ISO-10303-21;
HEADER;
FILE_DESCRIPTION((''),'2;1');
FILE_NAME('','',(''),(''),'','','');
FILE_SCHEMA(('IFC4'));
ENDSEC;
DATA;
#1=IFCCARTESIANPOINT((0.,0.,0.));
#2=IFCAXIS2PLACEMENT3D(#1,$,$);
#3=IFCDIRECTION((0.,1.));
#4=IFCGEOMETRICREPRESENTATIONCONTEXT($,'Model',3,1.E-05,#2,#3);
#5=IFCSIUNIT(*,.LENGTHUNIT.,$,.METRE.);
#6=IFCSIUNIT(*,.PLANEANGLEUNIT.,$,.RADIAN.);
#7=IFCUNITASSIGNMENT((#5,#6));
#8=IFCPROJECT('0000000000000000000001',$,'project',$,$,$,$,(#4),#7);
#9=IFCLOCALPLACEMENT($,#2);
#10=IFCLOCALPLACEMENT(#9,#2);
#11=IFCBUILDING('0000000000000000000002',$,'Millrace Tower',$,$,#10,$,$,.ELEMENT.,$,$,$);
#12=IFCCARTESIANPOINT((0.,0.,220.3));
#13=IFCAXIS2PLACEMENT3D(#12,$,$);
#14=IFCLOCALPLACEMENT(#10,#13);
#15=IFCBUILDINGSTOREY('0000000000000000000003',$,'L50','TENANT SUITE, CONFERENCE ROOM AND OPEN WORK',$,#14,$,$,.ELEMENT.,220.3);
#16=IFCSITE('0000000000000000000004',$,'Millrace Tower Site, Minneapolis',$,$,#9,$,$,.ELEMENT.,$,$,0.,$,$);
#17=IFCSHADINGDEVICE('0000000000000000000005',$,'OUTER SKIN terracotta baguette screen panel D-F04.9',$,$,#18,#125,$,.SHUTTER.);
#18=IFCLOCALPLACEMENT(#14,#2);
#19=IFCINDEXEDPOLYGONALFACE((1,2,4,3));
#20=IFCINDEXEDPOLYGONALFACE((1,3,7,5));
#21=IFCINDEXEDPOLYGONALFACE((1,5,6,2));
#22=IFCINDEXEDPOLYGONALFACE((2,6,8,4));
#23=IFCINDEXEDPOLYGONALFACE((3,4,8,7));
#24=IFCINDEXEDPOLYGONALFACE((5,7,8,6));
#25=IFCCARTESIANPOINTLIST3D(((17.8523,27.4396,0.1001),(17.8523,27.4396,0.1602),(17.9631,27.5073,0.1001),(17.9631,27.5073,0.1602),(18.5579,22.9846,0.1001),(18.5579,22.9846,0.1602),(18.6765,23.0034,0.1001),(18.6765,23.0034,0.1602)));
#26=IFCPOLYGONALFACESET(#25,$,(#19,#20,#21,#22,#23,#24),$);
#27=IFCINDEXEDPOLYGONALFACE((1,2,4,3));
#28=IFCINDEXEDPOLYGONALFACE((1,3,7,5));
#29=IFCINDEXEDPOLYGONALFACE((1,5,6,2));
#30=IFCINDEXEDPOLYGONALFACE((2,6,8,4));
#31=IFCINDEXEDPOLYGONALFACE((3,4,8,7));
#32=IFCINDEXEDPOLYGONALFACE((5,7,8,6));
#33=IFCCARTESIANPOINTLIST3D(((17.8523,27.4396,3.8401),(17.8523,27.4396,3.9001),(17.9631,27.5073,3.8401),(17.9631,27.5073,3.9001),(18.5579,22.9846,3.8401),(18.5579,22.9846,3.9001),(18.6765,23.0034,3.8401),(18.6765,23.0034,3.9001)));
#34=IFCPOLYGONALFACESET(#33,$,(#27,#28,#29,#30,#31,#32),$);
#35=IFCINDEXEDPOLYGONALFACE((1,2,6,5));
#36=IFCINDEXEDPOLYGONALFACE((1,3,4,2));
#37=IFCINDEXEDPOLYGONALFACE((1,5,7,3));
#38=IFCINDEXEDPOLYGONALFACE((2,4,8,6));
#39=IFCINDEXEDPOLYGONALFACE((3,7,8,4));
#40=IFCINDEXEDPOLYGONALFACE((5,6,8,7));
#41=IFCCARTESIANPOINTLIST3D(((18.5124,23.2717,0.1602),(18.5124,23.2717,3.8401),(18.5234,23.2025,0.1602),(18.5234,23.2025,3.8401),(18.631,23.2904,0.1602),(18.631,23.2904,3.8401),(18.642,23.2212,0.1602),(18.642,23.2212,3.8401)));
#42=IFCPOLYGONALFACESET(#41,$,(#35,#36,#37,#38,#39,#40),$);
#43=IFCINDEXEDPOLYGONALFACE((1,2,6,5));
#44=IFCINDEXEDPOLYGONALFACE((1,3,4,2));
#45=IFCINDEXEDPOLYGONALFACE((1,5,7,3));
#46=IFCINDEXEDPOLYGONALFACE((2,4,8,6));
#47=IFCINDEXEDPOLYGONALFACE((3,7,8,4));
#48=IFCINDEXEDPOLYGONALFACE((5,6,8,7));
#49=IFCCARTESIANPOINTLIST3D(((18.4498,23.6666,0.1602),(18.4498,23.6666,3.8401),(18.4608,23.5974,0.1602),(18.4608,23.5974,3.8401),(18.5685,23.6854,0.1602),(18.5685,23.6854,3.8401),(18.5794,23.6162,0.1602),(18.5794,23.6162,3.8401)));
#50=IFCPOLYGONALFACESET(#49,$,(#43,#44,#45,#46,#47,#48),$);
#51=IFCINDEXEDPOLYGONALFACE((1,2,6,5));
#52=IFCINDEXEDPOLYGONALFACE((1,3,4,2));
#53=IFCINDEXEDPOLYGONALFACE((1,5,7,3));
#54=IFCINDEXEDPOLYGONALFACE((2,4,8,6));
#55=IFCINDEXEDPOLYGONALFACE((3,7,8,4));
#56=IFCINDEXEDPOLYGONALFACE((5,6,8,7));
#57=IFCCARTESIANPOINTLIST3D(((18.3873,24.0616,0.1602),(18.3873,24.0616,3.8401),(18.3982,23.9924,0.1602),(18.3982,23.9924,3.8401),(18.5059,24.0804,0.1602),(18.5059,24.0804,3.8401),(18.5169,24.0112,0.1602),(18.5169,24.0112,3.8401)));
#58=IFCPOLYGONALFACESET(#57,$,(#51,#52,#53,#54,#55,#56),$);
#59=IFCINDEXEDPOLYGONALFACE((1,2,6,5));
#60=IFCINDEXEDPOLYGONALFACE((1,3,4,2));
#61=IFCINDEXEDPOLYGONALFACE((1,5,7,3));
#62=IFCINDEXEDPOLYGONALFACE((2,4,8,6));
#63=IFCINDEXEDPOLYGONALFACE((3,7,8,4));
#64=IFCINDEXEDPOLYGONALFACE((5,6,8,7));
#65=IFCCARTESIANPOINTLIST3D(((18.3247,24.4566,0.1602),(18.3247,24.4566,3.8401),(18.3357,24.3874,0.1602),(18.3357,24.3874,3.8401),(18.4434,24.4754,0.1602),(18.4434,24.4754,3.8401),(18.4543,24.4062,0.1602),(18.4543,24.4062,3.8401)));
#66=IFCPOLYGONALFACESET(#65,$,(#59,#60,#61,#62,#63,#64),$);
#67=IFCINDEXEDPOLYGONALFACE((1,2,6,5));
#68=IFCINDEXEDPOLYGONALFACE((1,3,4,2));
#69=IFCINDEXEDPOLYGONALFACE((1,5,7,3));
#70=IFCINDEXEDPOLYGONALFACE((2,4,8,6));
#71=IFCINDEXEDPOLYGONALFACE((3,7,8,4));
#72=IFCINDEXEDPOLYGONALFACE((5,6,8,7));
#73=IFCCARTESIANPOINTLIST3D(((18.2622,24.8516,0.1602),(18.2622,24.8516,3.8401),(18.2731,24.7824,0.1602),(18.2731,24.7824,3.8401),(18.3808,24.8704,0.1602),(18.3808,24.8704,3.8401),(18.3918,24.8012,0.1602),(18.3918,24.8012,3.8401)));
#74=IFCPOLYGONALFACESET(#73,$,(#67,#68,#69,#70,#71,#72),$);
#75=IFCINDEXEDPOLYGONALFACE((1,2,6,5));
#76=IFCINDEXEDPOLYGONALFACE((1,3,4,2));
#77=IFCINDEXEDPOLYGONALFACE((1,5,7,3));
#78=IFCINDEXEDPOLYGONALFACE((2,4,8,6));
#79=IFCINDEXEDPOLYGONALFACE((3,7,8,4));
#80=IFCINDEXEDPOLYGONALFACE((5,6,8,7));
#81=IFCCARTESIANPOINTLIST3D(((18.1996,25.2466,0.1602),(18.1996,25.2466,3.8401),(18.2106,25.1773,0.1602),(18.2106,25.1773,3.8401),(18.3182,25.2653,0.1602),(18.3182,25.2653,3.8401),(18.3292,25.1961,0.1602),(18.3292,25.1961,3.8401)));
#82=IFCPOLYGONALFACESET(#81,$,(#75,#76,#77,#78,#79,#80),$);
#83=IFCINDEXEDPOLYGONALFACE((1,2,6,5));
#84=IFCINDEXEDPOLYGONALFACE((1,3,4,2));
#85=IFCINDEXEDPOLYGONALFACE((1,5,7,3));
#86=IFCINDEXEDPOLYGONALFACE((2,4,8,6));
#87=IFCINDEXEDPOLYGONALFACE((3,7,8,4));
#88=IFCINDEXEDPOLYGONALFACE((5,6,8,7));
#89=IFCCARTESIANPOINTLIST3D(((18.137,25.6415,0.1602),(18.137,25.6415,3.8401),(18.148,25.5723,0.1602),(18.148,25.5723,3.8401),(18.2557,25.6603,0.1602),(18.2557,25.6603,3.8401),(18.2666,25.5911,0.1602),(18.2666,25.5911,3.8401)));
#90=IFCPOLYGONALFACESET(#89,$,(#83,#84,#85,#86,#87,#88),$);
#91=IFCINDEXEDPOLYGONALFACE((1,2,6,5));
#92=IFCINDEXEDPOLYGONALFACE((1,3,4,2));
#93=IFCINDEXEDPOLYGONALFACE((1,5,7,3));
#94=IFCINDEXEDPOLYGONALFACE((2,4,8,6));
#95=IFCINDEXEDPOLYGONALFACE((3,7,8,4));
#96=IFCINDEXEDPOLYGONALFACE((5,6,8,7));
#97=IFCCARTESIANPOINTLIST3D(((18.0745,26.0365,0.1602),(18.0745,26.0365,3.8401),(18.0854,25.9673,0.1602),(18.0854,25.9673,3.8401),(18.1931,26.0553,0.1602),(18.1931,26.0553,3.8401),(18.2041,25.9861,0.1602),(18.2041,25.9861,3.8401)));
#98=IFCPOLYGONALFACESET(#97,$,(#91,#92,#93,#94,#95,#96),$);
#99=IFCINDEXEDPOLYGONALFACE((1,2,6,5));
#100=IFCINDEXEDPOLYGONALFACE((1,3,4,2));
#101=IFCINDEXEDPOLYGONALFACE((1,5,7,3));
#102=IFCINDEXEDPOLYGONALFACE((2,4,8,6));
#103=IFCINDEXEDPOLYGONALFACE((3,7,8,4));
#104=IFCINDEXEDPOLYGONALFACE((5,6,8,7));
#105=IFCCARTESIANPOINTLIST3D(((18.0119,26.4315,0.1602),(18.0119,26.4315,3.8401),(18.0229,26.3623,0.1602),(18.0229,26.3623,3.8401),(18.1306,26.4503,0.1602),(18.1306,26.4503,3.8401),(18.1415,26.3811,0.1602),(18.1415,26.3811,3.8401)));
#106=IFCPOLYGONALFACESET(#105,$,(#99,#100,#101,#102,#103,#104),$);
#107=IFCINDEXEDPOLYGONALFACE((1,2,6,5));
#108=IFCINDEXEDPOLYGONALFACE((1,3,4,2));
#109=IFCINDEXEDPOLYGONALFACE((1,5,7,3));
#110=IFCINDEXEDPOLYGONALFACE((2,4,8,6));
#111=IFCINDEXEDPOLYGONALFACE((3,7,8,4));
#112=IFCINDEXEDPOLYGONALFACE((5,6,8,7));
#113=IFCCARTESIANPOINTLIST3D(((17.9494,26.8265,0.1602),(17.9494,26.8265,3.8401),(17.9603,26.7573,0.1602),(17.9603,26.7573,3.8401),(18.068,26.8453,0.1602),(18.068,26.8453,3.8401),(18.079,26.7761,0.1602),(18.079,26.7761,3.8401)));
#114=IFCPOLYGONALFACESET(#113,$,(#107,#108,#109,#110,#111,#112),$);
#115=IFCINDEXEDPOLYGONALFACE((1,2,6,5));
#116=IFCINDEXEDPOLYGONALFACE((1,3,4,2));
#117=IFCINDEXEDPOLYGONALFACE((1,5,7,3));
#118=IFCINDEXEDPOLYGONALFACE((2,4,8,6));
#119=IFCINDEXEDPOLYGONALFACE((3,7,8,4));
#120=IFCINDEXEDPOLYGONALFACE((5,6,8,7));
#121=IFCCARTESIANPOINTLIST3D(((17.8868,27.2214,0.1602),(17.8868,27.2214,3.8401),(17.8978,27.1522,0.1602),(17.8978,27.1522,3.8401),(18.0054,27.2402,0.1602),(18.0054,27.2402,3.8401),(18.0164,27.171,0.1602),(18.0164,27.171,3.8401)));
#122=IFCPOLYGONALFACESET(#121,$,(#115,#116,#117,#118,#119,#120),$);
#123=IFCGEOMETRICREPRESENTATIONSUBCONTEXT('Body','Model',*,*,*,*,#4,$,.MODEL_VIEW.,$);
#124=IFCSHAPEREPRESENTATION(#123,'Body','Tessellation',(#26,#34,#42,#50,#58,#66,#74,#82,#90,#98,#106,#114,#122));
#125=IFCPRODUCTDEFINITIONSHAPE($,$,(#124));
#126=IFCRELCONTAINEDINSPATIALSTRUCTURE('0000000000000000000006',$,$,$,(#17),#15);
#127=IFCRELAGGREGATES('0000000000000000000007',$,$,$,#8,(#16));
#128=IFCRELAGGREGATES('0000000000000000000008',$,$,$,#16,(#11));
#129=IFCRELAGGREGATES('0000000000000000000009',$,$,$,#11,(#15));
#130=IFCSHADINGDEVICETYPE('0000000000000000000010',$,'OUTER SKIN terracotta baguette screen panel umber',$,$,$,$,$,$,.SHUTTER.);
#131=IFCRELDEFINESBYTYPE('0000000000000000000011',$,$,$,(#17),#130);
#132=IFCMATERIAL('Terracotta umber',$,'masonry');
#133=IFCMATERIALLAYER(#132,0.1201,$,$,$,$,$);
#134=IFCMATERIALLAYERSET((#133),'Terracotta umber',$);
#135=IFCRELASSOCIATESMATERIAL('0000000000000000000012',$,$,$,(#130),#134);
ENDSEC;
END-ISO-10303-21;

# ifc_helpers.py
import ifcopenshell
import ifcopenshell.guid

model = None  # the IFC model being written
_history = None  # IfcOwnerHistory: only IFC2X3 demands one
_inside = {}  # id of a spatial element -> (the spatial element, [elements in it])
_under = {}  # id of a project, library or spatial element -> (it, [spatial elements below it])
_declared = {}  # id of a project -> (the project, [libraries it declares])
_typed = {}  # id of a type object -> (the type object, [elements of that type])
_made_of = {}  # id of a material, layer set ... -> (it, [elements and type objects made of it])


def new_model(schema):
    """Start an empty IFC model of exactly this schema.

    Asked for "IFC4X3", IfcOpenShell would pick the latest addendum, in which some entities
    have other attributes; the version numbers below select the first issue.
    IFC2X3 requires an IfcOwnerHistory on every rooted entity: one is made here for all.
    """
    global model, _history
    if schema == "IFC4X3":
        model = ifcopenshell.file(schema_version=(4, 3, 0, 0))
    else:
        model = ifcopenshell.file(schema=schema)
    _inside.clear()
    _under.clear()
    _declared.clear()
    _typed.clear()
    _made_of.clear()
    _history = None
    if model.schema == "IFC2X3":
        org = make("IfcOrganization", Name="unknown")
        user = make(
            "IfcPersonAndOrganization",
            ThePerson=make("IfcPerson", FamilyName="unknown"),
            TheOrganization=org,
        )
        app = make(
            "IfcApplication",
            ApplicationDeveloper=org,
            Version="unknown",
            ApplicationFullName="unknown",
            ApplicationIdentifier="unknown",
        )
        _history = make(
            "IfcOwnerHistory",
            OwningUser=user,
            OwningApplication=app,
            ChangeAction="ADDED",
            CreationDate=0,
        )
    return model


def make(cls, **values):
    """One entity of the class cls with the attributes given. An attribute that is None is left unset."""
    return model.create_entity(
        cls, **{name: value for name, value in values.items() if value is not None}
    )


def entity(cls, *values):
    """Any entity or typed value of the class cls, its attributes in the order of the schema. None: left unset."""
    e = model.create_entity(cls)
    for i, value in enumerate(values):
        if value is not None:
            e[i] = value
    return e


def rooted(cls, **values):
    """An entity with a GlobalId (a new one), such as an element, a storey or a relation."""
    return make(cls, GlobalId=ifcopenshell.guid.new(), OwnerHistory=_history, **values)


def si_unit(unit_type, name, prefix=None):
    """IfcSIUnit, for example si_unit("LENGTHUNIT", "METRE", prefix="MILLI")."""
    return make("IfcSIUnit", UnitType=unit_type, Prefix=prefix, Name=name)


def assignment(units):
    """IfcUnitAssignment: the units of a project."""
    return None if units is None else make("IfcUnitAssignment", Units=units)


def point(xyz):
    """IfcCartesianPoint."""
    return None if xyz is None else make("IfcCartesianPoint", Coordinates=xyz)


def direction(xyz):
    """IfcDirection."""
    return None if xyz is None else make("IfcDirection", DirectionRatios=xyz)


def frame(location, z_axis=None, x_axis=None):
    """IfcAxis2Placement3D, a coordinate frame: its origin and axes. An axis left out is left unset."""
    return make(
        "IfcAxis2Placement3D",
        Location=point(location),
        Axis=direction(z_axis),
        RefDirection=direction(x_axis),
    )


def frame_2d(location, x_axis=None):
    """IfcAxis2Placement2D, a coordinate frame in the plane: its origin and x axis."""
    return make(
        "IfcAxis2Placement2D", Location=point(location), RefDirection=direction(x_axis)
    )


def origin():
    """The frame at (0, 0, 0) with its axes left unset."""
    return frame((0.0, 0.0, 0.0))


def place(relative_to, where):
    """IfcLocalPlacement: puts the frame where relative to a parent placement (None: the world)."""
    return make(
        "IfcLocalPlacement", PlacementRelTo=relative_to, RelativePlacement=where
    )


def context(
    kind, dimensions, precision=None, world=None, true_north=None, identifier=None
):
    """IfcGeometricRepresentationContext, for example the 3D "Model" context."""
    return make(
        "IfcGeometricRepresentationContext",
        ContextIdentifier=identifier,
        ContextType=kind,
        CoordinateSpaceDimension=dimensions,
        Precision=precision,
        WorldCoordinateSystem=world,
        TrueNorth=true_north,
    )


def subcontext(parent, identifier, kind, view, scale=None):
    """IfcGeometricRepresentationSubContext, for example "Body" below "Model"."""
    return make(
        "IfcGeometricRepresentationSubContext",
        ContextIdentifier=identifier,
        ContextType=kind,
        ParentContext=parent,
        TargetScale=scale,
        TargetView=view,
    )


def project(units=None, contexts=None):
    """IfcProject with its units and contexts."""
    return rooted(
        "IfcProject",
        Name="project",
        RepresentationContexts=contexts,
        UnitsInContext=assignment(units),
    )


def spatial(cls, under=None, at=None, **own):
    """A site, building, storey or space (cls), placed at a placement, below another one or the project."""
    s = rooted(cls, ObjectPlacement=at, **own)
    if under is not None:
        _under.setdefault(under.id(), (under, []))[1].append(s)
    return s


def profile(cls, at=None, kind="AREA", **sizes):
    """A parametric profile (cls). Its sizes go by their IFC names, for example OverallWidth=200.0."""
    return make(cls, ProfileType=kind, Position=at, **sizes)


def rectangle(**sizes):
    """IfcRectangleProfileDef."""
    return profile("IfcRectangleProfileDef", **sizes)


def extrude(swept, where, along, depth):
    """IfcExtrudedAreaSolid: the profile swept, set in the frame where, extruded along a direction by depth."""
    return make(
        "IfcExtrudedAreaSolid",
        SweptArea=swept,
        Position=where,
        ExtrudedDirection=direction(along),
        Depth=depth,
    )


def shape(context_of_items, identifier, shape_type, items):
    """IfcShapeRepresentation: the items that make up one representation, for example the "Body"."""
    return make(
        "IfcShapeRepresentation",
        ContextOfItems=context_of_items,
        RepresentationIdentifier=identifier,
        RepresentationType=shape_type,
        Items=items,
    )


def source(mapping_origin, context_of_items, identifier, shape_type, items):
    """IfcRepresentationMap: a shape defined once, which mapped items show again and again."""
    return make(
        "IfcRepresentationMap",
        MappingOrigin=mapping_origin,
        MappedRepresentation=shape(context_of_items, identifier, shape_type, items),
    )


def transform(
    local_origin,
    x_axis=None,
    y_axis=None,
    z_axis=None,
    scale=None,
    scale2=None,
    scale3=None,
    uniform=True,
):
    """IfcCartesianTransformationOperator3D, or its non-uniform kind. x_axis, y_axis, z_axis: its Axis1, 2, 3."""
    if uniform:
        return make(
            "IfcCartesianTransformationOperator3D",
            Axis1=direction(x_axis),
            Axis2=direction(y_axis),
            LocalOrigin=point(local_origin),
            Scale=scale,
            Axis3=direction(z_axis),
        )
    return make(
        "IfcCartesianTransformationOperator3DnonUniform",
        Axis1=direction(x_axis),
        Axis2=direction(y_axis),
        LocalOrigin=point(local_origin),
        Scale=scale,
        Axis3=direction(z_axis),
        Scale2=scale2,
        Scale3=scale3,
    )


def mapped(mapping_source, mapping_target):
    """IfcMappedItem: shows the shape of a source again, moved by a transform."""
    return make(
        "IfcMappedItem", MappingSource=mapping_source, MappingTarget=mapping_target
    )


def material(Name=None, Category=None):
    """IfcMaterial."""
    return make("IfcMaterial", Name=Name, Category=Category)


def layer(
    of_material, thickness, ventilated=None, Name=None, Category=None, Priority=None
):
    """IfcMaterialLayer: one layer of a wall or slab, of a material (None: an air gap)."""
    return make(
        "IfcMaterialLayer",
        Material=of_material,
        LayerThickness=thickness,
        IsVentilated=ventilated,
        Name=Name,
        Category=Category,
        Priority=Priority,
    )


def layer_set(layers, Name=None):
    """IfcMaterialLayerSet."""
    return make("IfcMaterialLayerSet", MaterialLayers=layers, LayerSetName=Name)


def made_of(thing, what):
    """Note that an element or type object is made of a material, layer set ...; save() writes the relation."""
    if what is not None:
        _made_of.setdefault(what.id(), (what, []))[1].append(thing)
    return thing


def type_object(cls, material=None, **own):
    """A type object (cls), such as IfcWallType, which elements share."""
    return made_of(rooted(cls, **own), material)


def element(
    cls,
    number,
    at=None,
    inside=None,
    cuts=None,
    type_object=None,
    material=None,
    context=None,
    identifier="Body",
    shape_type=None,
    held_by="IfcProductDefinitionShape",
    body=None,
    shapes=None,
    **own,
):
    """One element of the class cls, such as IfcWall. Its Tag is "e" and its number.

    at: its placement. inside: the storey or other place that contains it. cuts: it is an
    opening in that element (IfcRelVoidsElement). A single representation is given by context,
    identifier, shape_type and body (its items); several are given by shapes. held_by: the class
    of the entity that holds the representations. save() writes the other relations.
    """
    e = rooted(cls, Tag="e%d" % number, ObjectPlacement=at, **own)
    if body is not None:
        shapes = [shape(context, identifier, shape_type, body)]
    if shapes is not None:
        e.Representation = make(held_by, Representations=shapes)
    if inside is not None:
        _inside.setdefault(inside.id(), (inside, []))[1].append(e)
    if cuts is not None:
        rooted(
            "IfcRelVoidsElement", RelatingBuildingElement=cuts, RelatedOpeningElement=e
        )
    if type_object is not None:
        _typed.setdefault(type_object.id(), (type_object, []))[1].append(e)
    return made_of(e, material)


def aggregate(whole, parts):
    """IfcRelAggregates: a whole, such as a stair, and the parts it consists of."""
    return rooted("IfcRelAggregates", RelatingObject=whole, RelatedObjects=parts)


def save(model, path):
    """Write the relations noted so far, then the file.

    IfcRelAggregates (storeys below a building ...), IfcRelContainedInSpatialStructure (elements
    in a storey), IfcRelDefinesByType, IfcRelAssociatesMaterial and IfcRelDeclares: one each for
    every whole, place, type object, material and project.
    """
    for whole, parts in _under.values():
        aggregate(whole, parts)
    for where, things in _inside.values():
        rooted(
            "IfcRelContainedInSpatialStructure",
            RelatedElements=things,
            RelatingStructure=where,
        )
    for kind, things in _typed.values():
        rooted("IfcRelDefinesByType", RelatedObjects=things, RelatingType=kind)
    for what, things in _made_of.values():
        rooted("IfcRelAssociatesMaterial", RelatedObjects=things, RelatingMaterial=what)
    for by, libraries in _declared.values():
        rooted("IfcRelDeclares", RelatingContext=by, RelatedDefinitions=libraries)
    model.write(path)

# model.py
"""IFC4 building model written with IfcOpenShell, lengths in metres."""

from ifc_helpers import new_model, entity, si_unit, direction, frame, frame_2d, origin, place, context, subcontext, project, spatial, rectangle, extrude, source, transform, mapped, material, layer, layer_set, type_object, element, save


model = new_model("IFC4")

# Units and contexts
model_context = context("Model", 3, precision=1e-05, world=origin(), true_north=direction((0.0, 1.0)))
body_context = subcontext(model_context, "Body", "Model", "MODEL_VIEW")
ifc_project = project(units=[si_unit("LENGTHUNIT", "METRE"), si_unit("PLANEANGLEUNIT", "RADIAN")], contexts=[model_context])

# Site, building, storey
site_placement = place(None, origin())
site = spatial("IfcSite", under=ifc_project, at=site_placement, Name="Millrace Tower Site, Minneapolis", CompositionType="ELEMENT", RefElevation=0.0)
building_placement = place(site_placement, origin())
building = spatial("IfcBuilding", under=site, at=building_placement, Name="Millrace Tower", CompositionType="ELEMENT")
storey_placement = place(building_placement, frame((0.0, 0.0, 220.3)))
storey = spatial("IfcBuildingStorey", under=building, at=storey_placement, Name="L50", Description="TENANT SUITE, CONFERENCE ROOM AND OPEN WORK", CompositionType="ELEMENT", Elevation=220.3)

# Shading device
ifc_material_1 = material(Name="Terracotta umber", Category="masonry")
ifc_layer_1 = layer(ifc_material_1, 0.1201)
ifc_layer_set_1 = layer_set([ifc_layer_1], Name="Terracotta umber")
shading_device_type = type_object("IfcShadingDeviceType", Name="OUTER SKIN terracotta baguette screen panel umber", PredefinedType="SHUTTER", material=ifc_layer_set_1)
cartesian_point_1 = entity("IfcCartesianPoint", [-2.2676, 0.0601])
shared_polyline_1 = entity("IfcPolyline", [cartesian_point_1, entity("IfcCartesianPoint", [2.2429, 0.0601]), entity("IfcCartesianPoint", [2.2925, -0.0601]), entity("IfcCartesianPoint", [-2.2676, -0.0601]), cartesian_point_1])
shared_shape_1 = source(origin(), body_context, "Body", "SweptSolid", [
    entity("IfcExtrudedAreaSolid", entity("IfcArbitraryClosedProfileDef", "AREA", None, shared_polyline_1), entity("IfcAxis2Placement3D", entity("IfcCartesianPoint", [0.0, 0.0, 0.0])), entity("IfcDirection", [0.0, 0.0, 1.0]), 0.0601),
    entity("IfcExtrudedAreaSolid", entity("IfcArbitraryClosedProfileDef", "AREA", None, shared_polyline_1), entity("IfcAxis2Placement3D", entity("IfcCartesianPoint", [0.0, 0.0, 3.74])), entity("IfcDirection", [0.0, 0.0, 1.0]), 0.0601),
    extrude(rectangle(XDim=0.0701, YDim=0.1201, at=frame_2d((-2.012, 0.0))), frame((0.0, 0.0, 0.0601)), (0.0, 0.0, 1.0), 3.6799),
    extrude(rectangle(XDim=0.0701, YDim=0.1201, at=frame_2d((-1.6121, 0.0))), frame((0.0, 0.0, 0.0601)), (0.0, 0.0, 1.0), 3.6799),
    extrude(rectangle(XDim=0.0701, YDim=0.1201, at=frame_2d((-1.2122, 0.0))), frame((0.0, 0.0, 0.0601)), (0.0, 0.0, 1.0), 3.6799),
    extrude(rectangle(XDim=0.0701, YDim=0.1201, at=frame_2d((-0.8123, 0.0))), frame((0.0, 0.0, 0.0601)), (0.0, 0.0, 1.0), 3.6799),
    extrude(rectangle(XDim=0.0701, YDim=0.1201, at=frame_2d((-0.4124, 0.0))), frame((0.0, 0.0, 0.0601)), (0.0, 0.0, 1.0), 3.6799),
    extrude(rectangle(XDim=0.0701, YDim=0.1201, at=frame_2d((-0.0125, 0.0))), frame((0.0, 0.0, 0.0601)), (0.0, 0.0, 1.0), 3.6799),
    extrude(rectangle(XDim=0.0701, YDim=0.1201, at=frame_2d((0.3875, 0.0))), frame((0.0, 0.0, 0.0601)), (0.0, 0.0, 1.0), 3.6799),
    extrude(rectangle(XDim=0.0701, YDim=0.1201, at=frame_2d((0.7874, 0.0))), frame((0.0, 0.0, 0.0601)), (0.0, 0.0, 1.0), 3.6799),
    extrude(rectangle(XDim=0.0701, YDim=0.1201, at=frame_2d((1.1873, 0.0))), frame((0.0, 0.0, 0.0601)), (0.0, 0.0, 1.0), 3.6799),
    extrude(rectangle(XDim=0.0701, YDim=0.1201, at=frame_2d((1.5872, 0.0))), frame((0.0, 0.0, 0.0601)), (0.0, 0.0, 1.0), 3.6799),
    extrude(rectangle(XDim=0.0701, YDim=0.1201, at=frame_2d((1.9871, 0.0))), frame((0.0, 0.0, 0.0601)), (0.0, 0.0, 1.0), 3.6799),
])
shading_device_placement = place(storey_placement, frame((18.2625, 25.2336, 0.1001), z_axis=(0.0, 0.0, 1.0), x_axis=(-0.156434, 0.987688, 0.0)))
element("IfcShadingDevice", 1, at=shading_device_placement, inside=storey, type_object=shading_device_type, Name="OUTER SKIN terracotta baguette screen panel D-F04.9", PredefinedType="SHUTTER", context=body_context, shape_type="MappedRepresentation", body=[
    mapped(shared_shape_1, transform((0.0, 0.0, 0.0), scale=1.0)),
])

save(model, "model.ifc")
